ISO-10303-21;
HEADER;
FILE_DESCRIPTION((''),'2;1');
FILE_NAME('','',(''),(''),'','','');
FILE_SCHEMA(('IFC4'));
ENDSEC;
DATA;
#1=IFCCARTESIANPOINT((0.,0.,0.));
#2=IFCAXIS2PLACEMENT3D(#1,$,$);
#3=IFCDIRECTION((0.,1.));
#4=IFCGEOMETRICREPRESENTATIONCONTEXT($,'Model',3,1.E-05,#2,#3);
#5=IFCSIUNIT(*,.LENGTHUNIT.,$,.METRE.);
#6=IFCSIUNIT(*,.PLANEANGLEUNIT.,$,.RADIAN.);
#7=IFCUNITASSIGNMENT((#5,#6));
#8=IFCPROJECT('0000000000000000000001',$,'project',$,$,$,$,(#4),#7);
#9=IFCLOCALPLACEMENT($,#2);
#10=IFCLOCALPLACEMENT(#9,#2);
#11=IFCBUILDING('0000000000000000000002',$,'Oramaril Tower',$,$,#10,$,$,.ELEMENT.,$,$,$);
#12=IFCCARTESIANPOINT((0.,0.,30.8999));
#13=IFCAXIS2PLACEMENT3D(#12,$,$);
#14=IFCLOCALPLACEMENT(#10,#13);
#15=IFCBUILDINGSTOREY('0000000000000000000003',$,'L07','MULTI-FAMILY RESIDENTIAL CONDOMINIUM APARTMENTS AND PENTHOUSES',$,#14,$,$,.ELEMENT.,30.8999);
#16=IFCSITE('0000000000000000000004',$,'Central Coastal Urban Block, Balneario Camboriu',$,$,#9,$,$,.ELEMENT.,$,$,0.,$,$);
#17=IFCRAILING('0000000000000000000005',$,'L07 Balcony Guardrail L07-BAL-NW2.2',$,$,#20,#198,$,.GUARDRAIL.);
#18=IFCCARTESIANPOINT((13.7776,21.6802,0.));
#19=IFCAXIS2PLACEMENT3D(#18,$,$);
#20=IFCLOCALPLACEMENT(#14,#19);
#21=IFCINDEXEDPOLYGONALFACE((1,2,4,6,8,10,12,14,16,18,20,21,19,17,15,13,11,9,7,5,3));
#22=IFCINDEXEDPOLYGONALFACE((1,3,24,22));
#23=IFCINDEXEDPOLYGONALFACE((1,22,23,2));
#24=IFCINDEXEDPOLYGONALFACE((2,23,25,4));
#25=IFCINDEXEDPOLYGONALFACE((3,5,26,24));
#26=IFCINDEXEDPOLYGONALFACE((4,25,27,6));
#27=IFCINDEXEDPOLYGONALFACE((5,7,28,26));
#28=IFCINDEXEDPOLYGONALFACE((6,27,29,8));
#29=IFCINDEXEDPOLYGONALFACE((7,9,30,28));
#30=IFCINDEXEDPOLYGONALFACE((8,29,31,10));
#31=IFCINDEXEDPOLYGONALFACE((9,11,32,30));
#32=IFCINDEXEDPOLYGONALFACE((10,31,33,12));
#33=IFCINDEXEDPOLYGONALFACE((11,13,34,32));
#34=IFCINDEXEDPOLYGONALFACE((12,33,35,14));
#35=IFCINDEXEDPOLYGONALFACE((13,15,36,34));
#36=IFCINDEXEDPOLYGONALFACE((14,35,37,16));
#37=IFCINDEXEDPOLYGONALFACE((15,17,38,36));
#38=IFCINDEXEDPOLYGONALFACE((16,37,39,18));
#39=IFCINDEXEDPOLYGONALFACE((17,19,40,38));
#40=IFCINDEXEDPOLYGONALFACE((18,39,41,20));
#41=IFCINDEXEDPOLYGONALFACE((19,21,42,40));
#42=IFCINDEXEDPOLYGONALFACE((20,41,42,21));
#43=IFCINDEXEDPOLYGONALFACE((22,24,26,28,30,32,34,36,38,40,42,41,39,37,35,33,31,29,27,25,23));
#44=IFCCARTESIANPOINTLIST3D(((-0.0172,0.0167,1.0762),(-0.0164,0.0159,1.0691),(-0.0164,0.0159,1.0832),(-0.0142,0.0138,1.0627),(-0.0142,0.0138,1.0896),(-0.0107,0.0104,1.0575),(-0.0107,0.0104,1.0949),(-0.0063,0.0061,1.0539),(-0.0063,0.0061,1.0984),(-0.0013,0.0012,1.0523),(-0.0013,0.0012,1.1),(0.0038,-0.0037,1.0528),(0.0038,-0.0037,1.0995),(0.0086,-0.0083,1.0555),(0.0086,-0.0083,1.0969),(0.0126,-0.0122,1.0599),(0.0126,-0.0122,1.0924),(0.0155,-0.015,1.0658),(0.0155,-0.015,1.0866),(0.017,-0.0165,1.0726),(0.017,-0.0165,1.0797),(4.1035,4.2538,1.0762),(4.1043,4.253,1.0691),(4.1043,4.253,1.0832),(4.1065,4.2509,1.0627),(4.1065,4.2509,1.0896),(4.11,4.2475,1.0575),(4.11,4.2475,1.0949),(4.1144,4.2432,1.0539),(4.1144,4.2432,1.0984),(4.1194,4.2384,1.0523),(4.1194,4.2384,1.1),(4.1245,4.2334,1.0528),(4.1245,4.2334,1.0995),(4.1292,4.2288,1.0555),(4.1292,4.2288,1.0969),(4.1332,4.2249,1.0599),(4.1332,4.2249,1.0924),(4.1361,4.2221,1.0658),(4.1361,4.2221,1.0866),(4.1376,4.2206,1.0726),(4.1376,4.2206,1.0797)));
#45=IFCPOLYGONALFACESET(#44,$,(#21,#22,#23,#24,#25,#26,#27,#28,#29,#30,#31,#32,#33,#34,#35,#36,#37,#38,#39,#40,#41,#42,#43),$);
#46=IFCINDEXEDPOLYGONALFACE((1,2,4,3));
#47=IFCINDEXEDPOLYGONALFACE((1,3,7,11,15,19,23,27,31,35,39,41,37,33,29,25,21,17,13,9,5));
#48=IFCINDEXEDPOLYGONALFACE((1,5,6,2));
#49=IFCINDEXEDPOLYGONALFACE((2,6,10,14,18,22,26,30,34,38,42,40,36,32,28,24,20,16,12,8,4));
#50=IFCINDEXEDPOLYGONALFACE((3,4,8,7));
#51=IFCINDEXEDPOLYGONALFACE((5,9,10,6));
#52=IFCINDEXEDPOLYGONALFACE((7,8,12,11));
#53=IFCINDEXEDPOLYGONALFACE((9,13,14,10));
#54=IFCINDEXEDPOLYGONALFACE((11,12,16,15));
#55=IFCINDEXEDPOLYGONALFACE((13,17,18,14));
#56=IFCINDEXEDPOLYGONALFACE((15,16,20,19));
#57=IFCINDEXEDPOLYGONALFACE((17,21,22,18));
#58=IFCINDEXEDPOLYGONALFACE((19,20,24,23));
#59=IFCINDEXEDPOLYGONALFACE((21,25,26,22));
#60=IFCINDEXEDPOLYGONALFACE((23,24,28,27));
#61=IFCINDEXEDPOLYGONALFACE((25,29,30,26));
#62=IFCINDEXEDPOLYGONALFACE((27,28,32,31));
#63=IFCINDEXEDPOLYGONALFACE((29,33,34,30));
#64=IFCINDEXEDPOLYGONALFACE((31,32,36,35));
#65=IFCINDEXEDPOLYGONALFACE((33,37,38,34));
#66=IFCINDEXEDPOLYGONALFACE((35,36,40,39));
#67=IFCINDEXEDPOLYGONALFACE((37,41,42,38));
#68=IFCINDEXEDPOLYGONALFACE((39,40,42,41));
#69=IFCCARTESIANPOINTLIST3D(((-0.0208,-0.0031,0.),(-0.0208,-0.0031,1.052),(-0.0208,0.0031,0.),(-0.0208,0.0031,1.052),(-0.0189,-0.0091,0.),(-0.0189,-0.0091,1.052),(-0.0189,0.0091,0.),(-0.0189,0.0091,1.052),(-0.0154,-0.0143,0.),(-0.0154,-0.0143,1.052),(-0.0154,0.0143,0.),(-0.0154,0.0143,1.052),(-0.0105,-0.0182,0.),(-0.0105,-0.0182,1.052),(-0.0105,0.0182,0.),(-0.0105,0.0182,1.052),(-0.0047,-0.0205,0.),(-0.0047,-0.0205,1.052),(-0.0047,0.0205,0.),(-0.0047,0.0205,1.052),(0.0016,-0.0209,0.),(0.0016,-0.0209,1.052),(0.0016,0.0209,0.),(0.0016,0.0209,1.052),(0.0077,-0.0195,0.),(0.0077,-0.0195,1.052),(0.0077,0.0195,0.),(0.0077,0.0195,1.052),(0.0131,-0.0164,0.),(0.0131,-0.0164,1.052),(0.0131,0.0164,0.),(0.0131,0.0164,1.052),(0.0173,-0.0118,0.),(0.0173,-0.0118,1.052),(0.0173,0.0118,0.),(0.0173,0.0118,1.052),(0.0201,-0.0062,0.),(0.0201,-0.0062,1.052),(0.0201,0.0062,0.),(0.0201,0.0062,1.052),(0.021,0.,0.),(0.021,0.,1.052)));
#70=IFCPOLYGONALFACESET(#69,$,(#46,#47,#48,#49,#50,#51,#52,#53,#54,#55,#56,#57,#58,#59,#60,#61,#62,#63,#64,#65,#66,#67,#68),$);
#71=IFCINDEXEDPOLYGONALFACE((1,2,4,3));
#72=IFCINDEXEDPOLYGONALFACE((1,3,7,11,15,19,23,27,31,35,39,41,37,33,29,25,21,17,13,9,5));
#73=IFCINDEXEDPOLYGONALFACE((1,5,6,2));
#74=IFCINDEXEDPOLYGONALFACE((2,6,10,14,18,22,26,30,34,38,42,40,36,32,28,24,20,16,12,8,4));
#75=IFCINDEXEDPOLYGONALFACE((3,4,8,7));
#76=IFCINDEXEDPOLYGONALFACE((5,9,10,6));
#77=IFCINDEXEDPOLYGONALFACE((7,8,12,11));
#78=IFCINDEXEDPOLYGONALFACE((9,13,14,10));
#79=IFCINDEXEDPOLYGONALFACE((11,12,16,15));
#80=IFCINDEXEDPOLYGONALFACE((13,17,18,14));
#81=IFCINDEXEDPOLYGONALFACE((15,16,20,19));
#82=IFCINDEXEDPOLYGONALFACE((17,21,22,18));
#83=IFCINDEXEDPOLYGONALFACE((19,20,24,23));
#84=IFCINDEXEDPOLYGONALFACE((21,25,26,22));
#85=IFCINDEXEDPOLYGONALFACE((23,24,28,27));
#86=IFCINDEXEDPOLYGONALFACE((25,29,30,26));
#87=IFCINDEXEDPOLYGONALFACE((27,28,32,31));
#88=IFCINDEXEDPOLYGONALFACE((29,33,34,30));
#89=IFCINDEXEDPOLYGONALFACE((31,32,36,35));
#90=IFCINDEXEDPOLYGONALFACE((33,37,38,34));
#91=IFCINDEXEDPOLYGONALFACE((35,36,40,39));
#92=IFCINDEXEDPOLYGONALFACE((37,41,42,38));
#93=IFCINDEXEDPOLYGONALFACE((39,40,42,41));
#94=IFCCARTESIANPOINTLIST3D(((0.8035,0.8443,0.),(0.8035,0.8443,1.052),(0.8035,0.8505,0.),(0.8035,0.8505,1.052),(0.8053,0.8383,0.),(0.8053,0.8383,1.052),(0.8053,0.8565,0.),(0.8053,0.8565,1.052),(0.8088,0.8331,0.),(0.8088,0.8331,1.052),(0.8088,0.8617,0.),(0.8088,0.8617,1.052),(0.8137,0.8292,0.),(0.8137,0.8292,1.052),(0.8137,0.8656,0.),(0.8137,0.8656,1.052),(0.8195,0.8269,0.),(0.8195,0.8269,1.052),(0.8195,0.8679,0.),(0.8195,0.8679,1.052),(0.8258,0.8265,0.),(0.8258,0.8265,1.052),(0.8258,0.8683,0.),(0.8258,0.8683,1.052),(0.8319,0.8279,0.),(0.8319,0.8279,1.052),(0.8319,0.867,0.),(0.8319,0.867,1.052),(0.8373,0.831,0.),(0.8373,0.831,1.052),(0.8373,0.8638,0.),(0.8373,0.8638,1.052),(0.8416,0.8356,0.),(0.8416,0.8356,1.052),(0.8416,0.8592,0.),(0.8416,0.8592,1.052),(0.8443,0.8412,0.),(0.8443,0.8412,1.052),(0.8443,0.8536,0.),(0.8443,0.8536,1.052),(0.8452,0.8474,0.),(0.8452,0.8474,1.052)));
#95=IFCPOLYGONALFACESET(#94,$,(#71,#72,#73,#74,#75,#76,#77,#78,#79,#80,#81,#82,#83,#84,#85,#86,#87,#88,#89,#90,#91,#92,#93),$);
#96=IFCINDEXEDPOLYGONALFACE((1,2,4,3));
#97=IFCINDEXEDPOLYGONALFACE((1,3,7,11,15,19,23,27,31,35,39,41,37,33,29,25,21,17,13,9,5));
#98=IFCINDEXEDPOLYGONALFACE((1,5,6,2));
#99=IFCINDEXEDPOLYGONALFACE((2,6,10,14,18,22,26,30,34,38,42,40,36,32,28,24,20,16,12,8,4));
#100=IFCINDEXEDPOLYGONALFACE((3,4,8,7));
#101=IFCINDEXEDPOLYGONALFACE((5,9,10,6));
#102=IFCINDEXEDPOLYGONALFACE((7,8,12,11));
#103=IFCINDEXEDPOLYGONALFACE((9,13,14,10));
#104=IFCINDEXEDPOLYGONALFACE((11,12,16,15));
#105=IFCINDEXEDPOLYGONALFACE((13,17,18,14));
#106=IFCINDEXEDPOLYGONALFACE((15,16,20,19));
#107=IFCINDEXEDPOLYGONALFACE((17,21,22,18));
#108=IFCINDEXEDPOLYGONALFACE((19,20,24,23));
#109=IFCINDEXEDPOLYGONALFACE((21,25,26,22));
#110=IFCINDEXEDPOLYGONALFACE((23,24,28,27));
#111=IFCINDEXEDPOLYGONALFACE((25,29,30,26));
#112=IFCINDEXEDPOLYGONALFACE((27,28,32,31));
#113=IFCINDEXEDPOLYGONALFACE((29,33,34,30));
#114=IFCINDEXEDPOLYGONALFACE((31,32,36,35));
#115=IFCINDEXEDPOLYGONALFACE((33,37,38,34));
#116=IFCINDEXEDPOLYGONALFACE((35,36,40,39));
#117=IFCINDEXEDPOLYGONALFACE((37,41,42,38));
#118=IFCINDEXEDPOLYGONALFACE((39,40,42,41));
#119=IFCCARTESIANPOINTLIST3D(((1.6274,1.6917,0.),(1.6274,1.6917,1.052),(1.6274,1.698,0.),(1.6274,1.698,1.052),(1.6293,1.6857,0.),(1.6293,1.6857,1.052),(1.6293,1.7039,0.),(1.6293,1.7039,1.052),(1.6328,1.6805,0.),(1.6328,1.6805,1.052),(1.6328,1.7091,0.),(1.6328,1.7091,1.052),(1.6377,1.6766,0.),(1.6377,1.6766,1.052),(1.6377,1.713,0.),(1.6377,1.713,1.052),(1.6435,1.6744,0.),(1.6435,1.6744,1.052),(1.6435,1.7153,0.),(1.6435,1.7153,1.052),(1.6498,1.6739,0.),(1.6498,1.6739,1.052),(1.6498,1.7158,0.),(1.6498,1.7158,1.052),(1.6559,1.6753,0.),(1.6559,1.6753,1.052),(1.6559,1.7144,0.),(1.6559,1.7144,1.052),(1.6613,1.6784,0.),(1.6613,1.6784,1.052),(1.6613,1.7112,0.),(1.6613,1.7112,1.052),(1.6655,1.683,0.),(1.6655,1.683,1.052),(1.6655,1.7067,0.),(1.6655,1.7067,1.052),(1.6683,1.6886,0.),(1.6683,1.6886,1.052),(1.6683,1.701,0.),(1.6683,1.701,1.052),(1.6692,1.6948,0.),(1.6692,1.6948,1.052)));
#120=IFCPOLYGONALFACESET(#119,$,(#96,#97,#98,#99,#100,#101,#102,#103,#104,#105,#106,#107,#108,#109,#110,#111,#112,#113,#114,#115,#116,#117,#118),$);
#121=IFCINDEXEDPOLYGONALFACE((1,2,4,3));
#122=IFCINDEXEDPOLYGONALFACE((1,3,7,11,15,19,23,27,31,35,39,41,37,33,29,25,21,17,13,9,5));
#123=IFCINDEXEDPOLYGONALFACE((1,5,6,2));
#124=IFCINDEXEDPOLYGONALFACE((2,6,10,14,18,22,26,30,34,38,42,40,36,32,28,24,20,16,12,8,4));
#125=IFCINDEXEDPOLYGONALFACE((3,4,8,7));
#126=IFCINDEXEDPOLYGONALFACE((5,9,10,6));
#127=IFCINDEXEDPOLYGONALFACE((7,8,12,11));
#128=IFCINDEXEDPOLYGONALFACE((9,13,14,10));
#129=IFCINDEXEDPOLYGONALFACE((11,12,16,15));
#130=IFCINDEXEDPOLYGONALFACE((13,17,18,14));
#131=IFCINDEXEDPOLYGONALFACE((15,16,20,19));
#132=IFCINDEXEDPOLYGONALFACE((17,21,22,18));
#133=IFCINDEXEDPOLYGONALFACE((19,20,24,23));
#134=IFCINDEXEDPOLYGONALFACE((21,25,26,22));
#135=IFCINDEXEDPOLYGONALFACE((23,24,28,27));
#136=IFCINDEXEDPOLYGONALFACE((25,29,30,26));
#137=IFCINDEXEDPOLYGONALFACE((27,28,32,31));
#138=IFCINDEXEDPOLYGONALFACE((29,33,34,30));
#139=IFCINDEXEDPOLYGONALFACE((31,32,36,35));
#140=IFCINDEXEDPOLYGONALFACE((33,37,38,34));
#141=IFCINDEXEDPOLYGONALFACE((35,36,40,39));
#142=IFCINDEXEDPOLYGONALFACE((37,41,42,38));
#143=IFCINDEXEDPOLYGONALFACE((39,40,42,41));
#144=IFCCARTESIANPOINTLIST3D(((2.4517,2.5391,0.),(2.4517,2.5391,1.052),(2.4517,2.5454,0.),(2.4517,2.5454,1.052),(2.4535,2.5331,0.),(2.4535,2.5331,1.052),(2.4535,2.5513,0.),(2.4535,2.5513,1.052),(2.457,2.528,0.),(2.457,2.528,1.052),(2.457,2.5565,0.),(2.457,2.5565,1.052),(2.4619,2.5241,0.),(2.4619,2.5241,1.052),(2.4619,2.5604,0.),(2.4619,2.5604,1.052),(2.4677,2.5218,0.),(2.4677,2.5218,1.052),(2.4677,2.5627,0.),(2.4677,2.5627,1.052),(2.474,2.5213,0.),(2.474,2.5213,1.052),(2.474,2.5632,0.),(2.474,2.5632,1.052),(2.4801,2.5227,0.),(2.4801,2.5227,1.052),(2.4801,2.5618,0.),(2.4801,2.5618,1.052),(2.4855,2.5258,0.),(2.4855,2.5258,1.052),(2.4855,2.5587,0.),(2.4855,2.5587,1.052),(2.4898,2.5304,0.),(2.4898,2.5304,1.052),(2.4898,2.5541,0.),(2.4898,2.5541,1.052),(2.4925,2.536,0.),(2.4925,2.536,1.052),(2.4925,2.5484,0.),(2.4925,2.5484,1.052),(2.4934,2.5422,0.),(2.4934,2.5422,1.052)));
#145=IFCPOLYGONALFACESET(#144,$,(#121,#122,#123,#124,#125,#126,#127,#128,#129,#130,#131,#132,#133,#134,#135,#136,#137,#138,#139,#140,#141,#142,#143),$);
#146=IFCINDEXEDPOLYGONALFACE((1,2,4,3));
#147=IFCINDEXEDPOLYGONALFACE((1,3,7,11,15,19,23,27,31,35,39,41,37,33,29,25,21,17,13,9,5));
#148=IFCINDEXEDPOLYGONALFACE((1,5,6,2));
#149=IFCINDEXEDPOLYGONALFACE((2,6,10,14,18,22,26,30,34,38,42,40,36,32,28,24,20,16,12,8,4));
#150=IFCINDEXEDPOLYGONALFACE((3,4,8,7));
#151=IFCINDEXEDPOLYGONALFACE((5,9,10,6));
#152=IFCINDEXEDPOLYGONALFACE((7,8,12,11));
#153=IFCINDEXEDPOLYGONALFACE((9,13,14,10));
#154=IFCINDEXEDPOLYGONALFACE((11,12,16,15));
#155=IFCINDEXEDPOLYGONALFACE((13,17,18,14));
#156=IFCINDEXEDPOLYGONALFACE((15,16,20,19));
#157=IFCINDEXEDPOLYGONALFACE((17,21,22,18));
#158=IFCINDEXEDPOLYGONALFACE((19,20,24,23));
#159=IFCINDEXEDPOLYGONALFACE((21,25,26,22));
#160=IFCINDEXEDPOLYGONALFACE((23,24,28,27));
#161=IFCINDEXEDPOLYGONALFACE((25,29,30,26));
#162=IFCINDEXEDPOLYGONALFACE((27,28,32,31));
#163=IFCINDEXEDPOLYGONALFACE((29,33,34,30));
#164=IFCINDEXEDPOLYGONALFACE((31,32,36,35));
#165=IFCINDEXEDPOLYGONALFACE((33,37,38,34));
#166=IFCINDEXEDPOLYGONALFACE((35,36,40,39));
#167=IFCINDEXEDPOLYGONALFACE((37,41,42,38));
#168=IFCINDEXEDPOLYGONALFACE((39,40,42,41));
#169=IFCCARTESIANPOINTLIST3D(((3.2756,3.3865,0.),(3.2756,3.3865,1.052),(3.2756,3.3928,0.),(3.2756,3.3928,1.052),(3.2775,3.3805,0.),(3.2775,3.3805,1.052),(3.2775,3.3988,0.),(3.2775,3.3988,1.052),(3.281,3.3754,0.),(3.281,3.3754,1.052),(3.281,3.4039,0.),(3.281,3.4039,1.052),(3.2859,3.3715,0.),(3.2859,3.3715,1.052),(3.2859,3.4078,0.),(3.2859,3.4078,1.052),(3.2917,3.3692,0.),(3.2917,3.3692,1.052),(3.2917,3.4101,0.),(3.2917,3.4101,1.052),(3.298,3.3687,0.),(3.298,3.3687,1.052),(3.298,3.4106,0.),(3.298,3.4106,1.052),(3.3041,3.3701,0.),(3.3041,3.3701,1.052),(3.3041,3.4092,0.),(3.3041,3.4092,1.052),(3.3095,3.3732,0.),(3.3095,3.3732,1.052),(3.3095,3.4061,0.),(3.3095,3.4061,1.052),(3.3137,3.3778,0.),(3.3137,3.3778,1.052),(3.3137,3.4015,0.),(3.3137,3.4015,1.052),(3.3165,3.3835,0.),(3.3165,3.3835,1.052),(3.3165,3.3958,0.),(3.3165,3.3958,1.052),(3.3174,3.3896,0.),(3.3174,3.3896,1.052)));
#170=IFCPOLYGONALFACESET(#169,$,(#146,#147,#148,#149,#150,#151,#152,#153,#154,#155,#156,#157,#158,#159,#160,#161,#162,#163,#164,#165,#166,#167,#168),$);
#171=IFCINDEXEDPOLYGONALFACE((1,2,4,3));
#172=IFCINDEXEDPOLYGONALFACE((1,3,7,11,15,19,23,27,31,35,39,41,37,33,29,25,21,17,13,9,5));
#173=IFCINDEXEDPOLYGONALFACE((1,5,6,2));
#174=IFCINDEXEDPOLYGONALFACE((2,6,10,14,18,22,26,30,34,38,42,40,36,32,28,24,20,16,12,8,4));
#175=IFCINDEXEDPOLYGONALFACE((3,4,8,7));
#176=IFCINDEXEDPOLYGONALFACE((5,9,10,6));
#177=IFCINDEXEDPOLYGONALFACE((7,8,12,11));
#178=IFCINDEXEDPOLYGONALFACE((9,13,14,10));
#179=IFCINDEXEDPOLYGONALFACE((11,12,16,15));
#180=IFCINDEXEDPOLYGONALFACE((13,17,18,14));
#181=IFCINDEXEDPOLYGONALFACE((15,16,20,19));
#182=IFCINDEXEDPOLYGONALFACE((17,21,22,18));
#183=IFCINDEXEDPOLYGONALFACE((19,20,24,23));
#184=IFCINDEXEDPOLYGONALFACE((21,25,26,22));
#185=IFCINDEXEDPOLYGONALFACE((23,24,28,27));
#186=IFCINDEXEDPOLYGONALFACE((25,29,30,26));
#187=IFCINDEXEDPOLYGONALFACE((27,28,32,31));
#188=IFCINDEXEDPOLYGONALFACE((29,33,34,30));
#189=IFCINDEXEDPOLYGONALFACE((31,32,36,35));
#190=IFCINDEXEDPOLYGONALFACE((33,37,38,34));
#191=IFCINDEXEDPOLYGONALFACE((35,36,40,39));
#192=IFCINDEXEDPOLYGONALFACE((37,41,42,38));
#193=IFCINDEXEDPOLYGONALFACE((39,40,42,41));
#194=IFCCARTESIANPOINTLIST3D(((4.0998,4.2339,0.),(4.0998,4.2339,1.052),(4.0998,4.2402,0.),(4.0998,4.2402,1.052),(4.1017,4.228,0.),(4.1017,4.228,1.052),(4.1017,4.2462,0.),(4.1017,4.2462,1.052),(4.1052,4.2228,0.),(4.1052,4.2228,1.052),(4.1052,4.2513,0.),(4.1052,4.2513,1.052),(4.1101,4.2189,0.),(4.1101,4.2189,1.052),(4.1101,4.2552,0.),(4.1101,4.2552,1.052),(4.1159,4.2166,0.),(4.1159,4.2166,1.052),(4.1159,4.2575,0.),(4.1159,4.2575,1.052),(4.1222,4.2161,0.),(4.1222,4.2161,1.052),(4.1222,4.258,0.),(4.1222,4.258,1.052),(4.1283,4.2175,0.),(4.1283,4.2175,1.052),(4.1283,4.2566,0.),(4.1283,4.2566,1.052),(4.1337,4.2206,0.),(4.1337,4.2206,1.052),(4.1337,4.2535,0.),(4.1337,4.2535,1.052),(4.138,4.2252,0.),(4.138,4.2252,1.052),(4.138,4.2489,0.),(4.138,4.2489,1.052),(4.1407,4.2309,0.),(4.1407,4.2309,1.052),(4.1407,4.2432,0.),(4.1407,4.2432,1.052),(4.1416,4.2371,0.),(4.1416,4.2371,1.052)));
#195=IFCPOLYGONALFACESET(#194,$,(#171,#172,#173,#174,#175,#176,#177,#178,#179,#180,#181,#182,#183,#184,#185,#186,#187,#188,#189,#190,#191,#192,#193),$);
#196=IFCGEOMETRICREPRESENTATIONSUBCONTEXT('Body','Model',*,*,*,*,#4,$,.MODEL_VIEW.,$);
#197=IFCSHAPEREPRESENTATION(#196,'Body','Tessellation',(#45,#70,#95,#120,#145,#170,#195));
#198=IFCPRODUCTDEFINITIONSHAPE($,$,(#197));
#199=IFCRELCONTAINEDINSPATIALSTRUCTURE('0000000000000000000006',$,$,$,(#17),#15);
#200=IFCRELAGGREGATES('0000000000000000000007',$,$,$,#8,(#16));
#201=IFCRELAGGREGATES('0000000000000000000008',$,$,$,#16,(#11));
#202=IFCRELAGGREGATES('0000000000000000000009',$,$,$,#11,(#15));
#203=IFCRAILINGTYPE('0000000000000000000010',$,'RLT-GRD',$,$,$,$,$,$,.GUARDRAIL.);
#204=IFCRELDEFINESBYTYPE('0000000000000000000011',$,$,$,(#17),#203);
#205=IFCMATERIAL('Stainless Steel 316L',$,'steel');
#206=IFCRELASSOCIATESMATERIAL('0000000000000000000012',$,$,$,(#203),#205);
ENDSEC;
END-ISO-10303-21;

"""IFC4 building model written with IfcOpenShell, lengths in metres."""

from ifc_helpers import new_model, si_unit, direction, frame, origin, origin_2d, place, context, subcontext, project, spatial, circle, extrude, material, type_object, element, save


model = new_model("IFC4")

# Units and contexts
model_context = context("Model", 3, precision=1e-05, world=origin(), true_north=direction((0.0, 1.0)))
body_context = subcontext(model_context, "Body", "Model", "MODEL_VIEW")
ifc_project = project(units=[si_unit("LENGTHUNIT", "METRE"), si_unit("PLANEANGLEUNIT", "RADIAN")], contexts=[model_context])

# Site, building, storey
site_placement = place(None, origin())
site = spatial("IfcSite", under=ifc_project, at=site_placement, Name="Central Coastal Urban Block, Balneario Camboriu", CompositionType="ELEMENT", RefElevation=0.0)
building_placement = place(site_placement, origin())
building = spatial("IfcBuilding", under=site, at=building_placement, Name="Oramaril Tower", CompositionType="ELEMENT")
storey_placement = place(building_placement, frame((0.0, 0.0, 30.8999)))
storey = spatial("IfcBuildingStorey", under=building, at=storey_placement, Name="L07", Description="MULTI-FAMILY RESIDENTIAL CONDOMINIUM APARTMENTS AND PENTHOUSES", CompositionType="ELEMENT", Elevation=30.8999)

# Railing
ifc_material_1 = material(Name="Stainless Steel 316L", Category="steel")
railing_type = type_object("IfcRailingType", Name="RLT-GRD", PredefinedType="GUARDRAIL", material=ifc_material_1)
railing_1_placement = place(storey_placement, frame((13.7776, 21.6802, 0.0)))
element("IfcRailing", 1, at=railing_1_placement, inside=storey, type_object=railing_type, Name="L07 Balcony Guardrail L07-BAL-NW2.2", PredefinedType="GUARDRAIL", context=body_context, shape_type="SweptSolid", body=[
    extrude(circle(Radius=0.0239, at=origin_2d()), frame((0.0, 0.0, 1.0762), z_axis=(0.697186, 0.71689, 0.0), x_axis=(-0.71689, 0.697186, 0.0)), (0.0, 0.0, 1.0), 5.9104),
    extrude(circle(Radius=0.021, at=origin_2d()), origin(), (0.0, 0.0, 1.0), 1.052),
    extrude(circle(Radius=0.021, at=origin_2d()), frame((0.8242, 0.8474, 0.0)), (0.0, 0.0, 1.0), 1.052),
    extrude(circle(Radius=0.021, at=origin_2d()), frame((1.6482, 1.6948, 0.0)), (0.0, 0.0, 1.0), 1.052),
    extrude(circle(Radius=0.021, at=origin_2d()), frame((2.4724, 2.5422, 0.0)), (0.0, 0.0, 1.0), 1.052),
    extrude(circle(Radius=0.021, at=origin_2d()), frame((3.2964, 3.3896, 0.0)), (0.0, 0.0, 1.0), 1.052),
    extrude(circle(Radius=0.021, at=origin_2d()), frame((4.1206, 4.2371, 0.0)), (0.0, 0.0, 1.0), 1.052),
])

save(model, "model.ifc")
